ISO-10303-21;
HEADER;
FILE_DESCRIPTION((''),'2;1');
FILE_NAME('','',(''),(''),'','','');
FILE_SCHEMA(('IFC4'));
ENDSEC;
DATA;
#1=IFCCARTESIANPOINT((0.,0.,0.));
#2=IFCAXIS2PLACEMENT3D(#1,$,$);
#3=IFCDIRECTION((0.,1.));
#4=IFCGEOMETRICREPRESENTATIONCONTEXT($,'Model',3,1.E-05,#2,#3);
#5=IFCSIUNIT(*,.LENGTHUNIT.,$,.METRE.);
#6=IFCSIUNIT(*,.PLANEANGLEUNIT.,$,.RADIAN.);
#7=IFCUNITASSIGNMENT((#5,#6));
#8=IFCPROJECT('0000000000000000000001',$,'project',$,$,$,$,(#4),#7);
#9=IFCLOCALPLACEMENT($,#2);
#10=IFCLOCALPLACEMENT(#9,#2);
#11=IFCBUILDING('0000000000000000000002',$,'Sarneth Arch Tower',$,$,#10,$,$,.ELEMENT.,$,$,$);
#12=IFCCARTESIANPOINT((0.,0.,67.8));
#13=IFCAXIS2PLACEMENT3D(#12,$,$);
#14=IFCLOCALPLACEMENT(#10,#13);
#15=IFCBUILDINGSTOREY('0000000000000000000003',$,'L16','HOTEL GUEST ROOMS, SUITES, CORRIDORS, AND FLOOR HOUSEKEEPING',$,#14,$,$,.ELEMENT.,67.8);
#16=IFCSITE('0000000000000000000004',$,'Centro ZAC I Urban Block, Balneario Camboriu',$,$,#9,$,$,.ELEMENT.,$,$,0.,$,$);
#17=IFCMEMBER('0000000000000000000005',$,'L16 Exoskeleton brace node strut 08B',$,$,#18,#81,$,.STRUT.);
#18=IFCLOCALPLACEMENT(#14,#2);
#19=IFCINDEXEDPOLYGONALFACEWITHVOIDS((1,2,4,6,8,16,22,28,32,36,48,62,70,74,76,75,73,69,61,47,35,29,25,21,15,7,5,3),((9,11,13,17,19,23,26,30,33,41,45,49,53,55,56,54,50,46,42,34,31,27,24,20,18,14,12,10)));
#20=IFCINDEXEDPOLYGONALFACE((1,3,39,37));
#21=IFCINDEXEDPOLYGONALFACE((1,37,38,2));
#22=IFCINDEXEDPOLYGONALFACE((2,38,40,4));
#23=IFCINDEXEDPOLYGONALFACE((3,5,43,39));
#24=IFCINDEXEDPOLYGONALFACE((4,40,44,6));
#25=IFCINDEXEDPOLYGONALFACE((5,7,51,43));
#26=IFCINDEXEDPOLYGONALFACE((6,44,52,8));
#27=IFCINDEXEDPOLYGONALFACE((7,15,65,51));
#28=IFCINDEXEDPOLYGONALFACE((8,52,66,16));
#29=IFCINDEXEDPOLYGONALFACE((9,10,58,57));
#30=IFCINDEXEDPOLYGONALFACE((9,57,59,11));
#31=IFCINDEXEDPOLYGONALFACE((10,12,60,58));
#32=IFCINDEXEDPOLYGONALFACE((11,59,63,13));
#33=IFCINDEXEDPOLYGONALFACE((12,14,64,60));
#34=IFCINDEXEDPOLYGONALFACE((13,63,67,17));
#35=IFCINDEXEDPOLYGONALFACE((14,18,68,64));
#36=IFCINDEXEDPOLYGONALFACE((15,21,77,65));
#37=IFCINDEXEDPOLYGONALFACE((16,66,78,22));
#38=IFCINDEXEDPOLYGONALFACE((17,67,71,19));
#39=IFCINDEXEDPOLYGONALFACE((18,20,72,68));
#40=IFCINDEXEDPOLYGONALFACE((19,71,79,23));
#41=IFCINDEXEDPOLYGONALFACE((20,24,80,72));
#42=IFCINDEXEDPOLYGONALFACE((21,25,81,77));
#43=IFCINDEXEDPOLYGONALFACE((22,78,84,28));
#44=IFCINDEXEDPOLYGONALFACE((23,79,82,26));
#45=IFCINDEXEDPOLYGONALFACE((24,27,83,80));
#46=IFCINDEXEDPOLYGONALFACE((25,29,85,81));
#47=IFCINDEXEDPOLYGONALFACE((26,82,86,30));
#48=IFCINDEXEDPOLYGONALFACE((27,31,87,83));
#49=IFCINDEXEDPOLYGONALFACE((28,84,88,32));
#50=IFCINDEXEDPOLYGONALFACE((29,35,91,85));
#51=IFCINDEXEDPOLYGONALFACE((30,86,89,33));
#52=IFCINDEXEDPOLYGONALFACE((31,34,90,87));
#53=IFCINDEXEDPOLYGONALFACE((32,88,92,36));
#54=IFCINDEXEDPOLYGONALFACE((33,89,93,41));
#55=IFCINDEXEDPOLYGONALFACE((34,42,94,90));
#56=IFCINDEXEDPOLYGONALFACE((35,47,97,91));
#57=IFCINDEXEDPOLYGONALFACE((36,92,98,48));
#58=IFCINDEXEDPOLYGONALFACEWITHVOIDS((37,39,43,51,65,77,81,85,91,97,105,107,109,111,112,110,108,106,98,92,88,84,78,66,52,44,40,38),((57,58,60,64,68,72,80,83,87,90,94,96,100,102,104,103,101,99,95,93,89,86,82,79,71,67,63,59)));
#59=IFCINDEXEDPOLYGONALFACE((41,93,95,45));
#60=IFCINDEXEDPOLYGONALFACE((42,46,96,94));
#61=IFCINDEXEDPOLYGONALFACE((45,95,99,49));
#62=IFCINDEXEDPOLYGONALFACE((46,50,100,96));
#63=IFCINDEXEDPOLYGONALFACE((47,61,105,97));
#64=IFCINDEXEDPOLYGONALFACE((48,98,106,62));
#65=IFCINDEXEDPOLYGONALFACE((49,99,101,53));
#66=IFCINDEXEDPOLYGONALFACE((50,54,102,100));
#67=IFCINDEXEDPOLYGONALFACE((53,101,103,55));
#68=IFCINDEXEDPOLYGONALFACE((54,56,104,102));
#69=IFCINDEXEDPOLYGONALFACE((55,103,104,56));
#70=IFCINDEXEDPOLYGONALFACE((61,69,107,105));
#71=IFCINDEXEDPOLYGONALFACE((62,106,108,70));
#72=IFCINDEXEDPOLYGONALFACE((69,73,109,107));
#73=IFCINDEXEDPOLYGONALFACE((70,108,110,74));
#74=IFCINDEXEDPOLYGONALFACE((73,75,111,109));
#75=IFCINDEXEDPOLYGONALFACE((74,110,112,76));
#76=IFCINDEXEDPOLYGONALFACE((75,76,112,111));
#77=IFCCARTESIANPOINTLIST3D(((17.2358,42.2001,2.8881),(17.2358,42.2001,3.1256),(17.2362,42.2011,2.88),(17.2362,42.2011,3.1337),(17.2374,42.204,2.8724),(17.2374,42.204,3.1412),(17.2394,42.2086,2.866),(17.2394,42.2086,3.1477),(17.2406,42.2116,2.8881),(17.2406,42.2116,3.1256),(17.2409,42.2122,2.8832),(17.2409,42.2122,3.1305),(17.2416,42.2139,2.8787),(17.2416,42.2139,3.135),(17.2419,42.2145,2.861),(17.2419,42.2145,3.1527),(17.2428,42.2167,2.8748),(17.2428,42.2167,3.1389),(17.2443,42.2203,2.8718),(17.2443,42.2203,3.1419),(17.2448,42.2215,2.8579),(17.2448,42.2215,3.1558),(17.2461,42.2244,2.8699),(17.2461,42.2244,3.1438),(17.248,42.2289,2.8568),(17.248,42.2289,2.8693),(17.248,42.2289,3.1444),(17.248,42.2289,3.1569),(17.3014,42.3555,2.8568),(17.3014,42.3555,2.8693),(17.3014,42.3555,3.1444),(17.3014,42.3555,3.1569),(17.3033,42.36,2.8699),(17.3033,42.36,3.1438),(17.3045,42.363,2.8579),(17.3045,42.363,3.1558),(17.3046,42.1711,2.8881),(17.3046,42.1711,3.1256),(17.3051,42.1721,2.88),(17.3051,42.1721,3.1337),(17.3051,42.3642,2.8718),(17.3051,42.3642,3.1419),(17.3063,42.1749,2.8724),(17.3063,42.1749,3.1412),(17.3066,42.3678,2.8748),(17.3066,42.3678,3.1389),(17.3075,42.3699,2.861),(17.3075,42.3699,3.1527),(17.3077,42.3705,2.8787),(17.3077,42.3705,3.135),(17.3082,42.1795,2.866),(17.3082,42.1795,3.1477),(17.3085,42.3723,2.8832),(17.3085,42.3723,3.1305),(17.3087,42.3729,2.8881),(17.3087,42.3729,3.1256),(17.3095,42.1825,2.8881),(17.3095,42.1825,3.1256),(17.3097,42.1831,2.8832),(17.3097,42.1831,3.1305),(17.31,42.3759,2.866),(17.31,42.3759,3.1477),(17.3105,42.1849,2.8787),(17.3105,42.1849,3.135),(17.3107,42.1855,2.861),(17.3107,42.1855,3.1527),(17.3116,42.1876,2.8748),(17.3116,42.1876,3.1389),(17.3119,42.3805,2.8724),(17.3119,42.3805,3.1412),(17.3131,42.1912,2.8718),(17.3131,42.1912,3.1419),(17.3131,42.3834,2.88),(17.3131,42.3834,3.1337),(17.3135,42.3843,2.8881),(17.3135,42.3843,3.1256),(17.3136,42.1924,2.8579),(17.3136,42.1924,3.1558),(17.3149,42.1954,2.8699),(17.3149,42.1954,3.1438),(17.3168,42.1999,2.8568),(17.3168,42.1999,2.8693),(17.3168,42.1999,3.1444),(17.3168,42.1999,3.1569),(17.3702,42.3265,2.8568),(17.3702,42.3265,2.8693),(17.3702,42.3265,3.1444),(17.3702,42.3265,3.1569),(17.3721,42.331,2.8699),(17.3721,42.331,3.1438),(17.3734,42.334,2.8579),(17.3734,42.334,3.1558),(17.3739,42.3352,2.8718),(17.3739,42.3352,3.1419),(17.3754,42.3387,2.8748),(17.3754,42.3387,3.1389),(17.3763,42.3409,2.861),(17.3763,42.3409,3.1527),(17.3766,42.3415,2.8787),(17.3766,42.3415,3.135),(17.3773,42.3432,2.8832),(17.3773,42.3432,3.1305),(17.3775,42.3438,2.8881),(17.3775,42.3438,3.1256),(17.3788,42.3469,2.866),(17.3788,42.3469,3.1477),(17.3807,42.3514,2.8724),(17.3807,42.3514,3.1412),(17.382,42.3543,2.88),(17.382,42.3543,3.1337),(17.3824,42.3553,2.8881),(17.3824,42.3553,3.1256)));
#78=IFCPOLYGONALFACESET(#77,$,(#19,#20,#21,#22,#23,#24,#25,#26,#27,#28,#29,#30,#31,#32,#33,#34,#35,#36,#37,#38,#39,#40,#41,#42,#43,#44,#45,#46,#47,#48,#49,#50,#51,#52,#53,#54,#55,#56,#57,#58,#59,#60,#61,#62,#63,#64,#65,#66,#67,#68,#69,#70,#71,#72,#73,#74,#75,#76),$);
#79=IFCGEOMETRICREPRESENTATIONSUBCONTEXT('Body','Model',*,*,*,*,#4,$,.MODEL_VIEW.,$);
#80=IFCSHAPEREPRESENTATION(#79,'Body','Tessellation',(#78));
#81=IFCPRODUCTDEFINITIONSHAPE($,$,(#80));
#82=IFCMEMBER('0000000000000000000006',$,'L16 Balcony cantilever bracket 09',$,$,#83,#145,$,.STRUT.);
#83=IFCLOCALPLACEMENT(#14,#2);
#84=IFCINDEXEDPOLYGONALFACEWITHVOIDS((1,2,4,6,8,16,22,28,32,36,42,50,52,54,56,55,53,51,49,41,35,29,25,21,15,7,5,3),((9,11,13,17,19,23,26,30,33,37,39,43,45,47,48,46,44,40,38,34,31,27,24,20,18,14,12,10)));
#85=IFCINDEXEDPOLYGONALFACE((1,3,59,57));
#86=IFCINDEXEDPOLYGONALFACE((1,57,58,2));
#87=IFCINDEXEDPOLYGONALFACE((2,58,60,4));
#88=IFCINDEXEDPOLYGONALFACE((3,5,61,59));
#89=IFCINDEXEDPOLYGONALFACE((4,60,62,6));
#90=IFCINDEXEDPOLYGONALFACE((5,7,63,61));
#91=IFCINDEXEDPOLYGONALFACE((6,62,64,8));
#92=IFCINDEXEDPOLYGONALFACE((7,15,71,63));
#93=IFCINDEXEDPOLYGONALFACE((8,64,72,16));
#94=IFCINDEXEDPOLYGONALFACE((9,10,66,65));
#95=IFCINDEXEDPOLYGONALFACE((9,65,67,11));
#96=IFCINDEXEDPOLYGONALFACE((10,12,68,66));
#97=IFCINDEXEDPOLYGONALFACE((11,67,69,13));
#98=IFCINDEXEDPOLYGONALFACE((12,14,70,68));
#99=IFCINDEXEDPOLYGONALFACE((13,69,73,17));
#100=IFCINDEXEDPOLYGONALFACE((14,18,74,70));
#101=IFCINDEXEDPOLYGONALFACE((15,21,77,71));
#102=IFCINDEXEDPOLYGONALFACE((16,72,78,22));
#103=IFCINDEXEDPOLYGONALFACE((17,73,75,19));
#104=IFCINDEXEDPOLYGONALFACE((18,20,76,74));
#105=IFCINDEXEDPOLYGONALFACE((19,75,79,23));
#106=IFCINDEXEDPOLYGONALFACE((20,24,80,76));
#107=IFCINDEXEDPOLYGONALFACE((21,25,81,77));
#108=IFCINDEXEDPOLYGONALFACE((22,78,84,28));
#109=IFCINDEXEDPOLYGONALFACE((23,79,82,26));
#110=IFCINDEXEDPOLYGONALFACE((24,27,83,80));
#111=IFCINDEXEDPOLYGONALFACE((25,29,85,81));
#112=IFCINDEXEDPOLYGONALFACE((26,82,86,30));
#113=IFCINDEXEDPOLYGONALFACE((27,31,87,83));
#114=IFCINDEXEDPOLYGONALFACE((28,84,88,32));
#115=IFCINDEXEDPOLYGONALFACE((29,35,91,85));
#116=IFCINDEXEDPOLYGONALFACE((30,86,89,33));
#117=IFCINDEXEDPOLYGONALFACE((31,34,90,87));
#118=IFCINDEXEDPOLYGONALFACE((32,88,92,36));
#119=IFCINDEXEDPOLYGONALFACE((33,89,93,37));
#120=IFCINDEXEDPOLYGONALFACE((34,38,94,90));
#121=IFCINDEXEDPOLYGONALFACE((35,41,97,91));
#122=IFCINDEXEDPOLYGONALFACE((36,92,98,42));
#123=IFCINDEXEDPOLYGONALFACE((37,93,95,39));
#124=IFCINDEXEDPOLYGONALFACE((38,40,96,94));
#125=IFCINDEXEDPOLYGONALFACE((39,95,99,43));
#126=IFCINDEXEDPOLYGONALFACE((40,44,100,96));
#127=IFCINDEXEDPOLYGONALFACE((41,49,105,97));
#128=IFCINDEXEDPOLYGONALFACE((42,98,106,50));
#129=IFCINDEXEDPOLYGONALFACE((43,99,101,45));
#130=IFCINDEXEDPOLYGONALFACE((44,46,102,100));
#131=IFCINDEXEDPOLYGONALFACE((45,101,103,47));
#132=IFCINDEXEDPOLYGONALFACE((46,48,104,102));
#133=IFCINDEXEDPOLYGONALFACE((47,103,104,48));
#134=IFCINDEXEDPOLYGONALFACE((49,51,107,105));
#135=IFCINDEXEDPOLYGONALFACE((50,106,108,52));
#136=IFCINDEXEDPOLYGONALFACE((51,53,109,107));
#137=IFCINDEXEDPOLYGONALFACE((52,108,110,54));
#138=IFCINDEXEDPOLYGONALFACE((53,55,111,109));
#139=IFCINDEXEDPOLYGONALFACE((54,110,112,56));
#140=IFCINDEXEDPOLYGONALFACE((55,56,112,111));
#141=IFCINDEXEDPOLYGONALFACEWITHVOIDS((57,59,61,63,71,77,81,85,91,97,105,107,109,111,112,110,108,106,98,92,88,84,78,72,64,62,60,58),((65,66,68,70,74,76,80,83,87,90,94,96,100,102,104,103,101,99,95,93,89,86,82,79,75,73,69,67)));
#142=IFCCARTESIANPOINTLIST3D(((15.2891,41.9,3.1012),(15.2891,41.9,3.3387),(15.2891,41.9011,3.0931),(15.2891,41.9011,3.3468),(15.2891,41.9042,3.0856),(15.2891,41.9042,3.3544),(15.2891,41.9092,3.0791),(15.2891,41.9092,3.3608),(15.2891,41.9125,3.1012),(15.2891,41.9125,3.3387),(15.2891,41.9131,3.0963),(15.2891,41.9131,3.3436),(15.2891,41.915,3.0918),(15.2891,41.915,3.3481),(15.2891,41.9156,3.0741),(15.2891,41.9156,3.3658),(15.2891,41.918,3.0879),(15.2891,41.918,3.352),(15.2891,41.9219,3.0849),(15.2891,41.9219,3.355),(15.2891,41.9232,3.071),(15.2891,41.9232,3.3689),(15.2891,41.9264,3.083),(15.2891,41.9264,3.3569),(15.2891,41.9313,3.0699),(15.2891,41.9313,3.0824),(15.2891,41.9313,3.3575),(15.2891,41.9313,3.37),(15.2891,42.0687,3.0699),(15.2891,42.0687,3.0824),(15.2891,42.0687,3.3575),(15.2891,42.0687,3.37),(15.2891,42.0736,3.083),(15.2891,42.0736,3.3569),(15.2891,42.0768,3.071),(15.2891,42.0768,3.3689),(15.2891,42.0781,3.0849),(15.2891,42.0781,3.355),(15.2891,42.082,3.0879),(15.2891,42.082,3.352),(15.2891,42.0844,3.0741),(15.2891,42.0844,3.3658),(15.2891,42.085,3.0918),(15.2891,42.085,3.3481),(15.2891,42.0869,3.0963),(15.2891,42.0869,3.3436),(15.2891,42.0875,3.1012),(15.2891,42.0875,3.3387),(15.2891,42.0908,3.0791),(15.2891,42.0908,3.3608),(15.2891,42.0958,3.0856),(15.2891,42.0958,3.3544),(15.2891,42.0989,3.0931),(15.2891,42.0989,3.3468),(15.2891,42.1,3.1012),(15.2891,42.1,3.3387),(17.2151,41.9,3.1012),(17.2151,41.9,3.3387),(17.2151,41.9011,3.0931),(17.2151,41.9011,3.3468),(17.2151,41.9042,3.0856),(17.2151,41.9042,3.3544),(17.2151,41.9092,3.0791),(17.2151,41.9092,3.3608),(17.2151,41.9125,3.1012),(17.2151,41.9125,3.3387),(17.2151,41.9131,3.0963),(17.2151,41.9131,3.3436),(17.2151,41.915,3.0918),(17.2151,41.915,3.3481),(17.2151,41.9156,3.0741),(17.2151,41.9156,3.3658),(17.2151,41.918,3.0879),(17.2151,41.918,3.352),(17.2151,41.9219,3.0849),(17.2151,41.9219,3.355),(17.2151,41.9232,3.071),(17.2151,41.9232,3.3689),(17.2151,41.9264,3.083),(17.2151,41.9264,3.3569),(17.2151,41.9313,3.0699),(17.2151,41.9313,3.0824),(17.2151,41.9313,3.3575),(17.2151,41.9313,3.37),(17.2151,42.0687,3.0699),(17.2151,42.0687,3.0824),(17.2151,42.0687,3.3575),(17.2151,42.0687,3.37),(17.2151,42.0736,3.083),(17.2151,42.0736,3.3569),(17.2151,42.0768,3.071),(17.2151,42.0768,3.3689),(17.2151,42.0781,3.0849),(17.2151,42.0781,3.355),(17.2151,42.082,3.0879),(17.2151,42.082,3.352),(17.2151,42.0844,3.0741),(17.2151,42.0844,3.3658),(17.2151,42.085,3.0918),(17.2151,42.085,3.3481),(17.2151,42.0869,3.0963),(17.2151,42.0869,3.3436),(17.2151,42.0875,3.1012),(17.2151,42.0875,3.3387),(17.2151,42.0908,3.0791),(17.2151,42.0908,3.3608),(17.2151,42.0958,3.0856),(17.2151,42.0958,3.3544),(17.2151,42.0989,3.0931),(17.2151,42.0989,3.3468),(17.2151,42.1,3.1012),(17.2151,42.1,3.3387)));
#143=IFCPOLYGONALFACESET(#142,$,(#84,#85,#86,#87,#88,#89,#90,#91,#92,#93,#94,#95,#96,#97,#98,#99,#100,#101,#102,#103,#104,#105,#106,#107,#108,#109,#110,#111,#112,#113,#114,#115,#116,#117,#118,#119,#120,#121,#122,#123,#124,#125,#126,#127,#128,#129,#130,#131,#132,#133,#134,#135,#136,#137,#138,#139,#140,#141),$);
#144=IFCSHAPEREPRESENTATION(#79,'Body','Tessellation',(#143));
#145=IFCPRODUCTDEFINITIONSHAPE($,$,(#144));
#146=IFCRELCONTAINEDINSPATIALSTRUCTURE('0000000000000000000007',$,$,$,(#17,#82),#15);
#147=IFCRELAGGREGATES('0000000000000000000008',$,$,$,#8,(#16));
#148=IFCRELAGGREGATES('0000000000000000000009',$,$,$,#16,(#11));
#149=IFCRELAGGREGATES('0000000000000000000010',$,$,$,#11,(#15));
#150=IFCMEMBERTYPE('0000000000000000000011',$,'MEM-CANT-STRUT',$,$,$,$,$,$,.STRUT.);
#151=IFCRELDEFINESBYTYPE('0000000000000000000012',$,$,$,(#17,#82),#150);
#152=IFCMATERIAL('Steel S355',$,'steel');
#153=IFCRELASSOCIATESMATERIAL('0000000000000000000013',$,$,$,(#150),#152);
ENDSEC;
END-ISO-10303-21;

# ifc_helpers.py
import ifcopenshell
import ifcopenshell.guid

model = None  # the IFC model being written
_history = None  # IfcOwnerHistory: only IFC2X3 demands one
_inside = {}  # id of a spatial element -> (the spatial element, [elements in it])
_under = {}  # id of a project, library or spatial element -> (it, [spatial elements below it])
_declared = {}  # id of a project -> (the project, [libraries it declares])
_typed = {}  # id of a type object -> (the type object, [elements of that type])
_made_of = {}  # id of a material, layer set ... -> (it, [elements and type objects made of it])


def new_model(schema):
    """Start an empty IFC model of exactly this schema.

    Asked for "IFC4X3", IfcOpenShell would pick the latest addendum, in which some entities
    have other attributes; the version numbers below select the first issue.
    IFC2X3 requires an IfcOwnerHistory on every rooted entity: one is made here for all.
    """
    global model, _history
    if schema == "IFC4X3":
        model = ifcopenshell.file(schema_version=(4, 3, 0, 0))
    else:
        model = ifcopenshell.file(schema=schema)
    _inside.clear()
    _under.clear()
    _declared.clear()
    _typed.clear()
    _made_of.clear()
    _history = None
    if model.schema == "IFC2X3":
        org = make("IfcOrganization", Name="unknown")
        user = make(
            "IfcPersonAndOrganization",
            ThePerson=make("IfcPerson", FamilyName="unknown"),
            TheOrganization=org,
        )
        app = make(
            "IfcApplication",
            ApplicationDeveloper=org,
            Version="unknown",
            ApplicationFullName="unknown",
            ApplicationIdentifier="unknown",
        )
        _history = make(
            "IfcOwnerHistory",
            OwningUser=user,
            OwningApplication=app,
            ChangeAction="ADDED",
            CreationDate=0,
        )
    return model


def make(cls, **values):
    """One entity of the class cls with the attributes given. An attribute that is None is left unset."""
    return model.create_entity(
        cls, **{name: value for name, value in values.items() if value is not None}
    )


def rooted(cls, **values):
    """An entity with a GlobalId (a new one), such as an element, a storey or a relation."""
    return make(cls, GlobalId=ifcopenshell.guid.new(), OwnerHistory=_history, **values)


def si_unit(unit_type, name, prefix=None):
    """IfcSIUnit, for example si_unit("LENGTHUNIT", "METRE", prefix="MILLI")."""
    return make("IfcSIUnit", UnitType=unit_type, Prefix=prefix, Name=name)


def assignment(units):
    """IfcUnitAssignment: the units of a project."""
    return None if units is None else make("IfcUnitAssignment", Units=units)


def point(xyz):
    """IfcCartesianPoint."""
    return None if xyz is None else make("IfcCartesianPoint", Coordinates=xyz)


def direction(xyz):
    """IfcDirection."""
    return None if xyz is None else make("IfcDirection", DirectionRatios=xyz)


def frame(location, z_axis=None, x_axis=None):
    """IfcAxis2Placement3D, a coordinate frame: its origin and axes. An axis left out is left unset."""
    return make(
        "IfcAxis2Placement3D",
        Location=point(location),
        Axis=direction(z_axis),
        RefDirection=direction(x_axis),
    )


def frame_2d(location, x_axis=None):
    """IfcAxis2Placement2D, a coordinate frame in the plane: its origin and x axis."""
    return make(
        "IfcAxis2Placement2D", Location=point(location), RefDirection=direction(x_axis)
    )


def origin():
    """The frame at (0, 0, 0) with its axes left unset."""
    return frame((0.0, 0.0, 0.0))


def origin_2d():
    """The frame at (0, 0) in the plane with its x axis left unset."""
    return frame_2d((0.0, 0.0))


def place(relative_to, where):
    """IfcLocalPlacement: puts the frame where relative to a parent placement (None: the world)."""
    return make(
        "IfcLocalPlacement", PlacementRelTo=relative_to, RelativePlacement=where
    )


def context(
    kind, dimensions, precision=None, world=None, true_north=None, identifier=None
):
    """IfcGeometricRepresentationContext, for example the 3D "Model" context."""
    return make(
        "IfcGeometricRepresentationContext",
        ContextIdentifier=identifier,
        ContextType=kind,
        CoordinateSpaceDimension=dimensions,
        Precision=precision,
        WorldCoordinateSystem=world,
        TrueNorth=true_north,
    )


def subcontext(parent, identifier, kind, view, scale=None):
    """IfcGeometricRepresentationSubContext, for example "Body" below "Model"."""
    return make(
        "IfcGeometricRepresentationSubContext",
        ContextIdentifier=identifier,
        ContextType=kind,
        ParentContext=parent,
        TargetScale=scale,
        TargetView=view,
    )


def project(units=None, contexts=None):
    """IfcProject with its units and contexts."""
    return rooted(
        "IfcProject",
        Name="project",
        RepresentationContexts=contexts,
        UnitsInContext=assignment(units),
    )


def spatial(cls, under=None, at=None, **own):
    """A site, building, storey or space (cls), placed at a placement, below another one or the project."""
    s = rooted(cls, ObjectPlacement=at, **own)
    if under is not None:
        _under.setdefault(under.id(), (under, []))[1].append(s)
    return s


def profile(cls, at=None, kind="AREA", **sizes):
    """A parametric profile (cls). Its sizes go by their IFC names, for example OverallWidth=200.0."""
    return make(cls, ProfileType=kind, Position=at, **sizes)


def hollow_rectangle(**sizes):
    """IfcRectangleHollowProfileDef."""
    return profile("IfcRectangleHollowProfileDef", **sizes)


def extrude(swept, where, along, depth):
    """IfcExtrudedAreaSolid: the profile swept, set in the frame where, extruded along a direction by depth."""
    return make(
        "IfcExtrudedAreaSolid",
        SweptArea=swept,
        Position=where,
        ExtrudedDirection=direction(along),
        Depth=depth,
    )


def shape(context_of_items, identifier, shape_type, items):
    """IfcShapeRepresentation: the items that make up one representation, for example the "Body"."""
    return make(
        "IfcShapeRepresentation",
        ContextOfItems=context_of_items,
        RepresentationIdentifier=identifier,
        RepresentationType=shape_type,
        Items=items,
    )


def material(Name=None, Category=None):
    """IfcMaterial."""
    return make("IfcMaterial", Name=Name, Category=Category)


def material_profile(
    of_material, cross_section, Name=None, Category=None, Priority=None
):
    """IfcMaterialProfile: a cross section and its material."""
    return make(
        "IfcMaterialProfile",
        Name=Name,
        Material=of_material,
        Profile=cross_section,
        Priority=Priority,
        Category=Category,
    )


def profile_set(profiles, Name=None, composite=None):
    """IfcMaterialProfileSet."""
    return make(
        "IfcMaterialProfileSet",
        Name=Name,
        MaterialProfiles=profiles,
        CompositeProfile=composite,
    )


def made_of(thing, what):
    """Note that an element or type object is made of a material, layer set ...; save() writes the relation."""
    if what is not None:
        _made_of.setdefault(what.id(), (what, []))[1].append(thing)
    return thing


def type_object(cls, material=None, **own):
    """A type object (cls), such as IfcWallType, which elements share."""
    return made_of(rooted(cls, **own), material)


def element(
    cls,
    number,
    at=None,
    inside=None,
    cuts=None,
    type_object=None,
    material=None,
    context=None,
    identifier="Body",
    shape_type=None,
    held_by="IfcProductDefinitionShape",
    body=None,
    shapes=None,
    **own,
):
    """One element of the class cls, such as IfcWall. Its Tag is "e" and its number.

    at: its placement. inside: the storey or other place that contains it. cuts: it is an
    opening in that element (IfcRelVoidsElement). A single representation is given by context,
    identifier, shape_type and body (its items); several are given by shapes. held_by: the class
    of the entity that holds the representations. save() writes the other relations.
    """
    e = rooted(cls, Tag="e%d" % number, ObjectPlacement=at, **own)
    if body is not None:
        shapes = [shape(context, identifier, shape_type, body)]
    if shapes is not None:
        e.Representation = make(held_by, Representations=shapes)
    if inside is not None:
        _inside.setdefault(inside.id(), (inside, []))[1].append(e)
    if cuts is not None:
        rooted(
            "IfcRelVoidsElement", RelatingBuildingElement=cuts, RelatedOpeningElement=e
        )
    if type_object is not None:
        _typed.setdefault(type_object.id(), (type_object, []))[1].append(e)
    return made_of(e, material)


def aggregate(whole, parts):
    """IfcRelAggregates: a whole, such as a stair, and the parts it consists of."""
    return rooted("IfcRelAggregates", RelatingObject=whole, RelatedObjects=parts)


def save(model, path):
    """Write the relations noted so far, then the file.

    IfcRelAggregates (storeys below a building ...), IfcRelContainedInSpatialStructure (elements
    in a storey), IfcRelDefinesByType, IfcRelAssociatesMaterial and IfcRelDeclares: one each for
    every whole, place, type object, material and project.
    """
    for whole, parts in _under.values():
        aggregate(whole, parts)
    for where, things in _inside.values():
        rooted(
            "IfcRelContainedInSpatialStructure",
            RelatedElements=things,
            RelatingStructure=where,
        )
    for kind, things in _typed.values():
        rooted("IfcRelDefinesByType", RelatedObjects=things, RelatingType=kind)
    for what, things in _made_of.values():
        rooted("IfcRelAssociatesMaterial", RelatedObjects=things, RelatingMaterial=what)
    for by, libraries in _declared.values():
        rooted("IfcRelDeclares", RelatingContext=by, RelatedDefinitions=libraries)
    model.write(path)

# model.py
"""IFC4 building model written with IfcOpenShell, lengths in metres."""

from ifc_helpers import new_model, si_unit, direction, frame, origin, origin_2d, place, context, subcontext, project, spatial, hollow_rectangle, extrude, material, material_profile, profile_set, type_object, element, save


model = new_model("IFC4")

# Units and contexts
model_context = context("Model", 3, precision=1e-05, world=origin(), true_north=direction((0.0, 1.0)))
body_context = subcontext(model_context, "Body", "Model", "MODEL_VIEW")
ifc_project = project(units=[si_unit("LENGTHUNIT", "METRE"), si_unit("PLANEANGLEUNIT", "RADIAN")], contexts=[model_context])

# Site, building, storey
site_placement = place(None, origin())
site = spatial("IfcSite", under=ifc_project, at=site_placement, Name="Centro ZAC I Urban Block, Balneario Camboriu", CompositionType="ELEMENT", RefElevation=0.0)
building_placement = place(site_placement, origin())
building = spatial("IfcBuilding", under=site, at=building_placement, Name="Sarneth Arch Tower", CompositionType="ELEMENT")
storey_placement = place(building_placement, frame((0.0, 0.0, 67.8)))
storey = spatial("IfcBuildingStorey", under=building, at=storey_placement, Name="L16", Description="HOTEL GUEST ROOMS, SUITES, CORRIDORS, AND FLOOR HOUSEKEEPING", CompositionType="ELEMENT", Elevation=67.8)

# Members
ifc_material_1 = material(Name="Steel S355", Category="steel")
ifc_material_profile_1 = material_profile(ifc_material_1, hollow_rectangle(XDim=0.2, YDim=0.3, WallThickness=0.0125, InnerFilletRadius=0.0188, OuterFilletRadius=0.0312, at=origin_2d()), Name="RHS300x200x12.5")
ifc_profile_set_1 = profile_set([ifc_material_profile_1], Name="Steel S355")
member_type_1 = type_object("IfcMemberType", Name="MEM-CANT-STRUT", PredefinedType="STRUT", material=ifc_profile_set_1)
member_1_placement = place(storey_placement, frame((17.3435, 42.2632, 3.0068), z_axis=(-0.921328, 0.388787, 0.0), x_axis=(-0.388787, -0.921328, 0.0)))
element("IfcMember", 1, at=member_1_placement, inside=storey, type_object=member_type_1, Name="L16 Exoskeleton brace node strut 08B", PredefinedType="STRUT", context=body_context, shape_type="SweptSolid", body=[
    extrude(hollow_rectangle(XDim=0.2, YDim=0.3, WallThickness=0.0125, InnerFilletRadius=0.0188, OuterFilletRadius=0.0312, at=origin_2d()), origin(), (0.0, 0.0, 1.0), 0.0747),
])
member_2_placement = place(storey_placement, frame((17.2151, 42.0, 3.22), z_axis=(-1.0, 0.0, 0.0), x_axis=(0.0, -1.0, 0.0)))
element("IfcMember", 2, at=member_2_placement, inside=storey, type_object=member_type_1, Name="L16 Balcony cantilever bracket 09", PredefinedType="STRUT", context=body_context, shape_type="SweptSolid", body=[
    extrude(hollow_rectangle(XDim=0.2, YDim=0.3, WallThickness=0.0125, InnerFilletRadius=0.0188, OuterFilletRadius=0.0312, at=origin_2d()), origin(), (0.0, 0.0, 1.0), 1.926),
])

save(model, "model.ifc")
